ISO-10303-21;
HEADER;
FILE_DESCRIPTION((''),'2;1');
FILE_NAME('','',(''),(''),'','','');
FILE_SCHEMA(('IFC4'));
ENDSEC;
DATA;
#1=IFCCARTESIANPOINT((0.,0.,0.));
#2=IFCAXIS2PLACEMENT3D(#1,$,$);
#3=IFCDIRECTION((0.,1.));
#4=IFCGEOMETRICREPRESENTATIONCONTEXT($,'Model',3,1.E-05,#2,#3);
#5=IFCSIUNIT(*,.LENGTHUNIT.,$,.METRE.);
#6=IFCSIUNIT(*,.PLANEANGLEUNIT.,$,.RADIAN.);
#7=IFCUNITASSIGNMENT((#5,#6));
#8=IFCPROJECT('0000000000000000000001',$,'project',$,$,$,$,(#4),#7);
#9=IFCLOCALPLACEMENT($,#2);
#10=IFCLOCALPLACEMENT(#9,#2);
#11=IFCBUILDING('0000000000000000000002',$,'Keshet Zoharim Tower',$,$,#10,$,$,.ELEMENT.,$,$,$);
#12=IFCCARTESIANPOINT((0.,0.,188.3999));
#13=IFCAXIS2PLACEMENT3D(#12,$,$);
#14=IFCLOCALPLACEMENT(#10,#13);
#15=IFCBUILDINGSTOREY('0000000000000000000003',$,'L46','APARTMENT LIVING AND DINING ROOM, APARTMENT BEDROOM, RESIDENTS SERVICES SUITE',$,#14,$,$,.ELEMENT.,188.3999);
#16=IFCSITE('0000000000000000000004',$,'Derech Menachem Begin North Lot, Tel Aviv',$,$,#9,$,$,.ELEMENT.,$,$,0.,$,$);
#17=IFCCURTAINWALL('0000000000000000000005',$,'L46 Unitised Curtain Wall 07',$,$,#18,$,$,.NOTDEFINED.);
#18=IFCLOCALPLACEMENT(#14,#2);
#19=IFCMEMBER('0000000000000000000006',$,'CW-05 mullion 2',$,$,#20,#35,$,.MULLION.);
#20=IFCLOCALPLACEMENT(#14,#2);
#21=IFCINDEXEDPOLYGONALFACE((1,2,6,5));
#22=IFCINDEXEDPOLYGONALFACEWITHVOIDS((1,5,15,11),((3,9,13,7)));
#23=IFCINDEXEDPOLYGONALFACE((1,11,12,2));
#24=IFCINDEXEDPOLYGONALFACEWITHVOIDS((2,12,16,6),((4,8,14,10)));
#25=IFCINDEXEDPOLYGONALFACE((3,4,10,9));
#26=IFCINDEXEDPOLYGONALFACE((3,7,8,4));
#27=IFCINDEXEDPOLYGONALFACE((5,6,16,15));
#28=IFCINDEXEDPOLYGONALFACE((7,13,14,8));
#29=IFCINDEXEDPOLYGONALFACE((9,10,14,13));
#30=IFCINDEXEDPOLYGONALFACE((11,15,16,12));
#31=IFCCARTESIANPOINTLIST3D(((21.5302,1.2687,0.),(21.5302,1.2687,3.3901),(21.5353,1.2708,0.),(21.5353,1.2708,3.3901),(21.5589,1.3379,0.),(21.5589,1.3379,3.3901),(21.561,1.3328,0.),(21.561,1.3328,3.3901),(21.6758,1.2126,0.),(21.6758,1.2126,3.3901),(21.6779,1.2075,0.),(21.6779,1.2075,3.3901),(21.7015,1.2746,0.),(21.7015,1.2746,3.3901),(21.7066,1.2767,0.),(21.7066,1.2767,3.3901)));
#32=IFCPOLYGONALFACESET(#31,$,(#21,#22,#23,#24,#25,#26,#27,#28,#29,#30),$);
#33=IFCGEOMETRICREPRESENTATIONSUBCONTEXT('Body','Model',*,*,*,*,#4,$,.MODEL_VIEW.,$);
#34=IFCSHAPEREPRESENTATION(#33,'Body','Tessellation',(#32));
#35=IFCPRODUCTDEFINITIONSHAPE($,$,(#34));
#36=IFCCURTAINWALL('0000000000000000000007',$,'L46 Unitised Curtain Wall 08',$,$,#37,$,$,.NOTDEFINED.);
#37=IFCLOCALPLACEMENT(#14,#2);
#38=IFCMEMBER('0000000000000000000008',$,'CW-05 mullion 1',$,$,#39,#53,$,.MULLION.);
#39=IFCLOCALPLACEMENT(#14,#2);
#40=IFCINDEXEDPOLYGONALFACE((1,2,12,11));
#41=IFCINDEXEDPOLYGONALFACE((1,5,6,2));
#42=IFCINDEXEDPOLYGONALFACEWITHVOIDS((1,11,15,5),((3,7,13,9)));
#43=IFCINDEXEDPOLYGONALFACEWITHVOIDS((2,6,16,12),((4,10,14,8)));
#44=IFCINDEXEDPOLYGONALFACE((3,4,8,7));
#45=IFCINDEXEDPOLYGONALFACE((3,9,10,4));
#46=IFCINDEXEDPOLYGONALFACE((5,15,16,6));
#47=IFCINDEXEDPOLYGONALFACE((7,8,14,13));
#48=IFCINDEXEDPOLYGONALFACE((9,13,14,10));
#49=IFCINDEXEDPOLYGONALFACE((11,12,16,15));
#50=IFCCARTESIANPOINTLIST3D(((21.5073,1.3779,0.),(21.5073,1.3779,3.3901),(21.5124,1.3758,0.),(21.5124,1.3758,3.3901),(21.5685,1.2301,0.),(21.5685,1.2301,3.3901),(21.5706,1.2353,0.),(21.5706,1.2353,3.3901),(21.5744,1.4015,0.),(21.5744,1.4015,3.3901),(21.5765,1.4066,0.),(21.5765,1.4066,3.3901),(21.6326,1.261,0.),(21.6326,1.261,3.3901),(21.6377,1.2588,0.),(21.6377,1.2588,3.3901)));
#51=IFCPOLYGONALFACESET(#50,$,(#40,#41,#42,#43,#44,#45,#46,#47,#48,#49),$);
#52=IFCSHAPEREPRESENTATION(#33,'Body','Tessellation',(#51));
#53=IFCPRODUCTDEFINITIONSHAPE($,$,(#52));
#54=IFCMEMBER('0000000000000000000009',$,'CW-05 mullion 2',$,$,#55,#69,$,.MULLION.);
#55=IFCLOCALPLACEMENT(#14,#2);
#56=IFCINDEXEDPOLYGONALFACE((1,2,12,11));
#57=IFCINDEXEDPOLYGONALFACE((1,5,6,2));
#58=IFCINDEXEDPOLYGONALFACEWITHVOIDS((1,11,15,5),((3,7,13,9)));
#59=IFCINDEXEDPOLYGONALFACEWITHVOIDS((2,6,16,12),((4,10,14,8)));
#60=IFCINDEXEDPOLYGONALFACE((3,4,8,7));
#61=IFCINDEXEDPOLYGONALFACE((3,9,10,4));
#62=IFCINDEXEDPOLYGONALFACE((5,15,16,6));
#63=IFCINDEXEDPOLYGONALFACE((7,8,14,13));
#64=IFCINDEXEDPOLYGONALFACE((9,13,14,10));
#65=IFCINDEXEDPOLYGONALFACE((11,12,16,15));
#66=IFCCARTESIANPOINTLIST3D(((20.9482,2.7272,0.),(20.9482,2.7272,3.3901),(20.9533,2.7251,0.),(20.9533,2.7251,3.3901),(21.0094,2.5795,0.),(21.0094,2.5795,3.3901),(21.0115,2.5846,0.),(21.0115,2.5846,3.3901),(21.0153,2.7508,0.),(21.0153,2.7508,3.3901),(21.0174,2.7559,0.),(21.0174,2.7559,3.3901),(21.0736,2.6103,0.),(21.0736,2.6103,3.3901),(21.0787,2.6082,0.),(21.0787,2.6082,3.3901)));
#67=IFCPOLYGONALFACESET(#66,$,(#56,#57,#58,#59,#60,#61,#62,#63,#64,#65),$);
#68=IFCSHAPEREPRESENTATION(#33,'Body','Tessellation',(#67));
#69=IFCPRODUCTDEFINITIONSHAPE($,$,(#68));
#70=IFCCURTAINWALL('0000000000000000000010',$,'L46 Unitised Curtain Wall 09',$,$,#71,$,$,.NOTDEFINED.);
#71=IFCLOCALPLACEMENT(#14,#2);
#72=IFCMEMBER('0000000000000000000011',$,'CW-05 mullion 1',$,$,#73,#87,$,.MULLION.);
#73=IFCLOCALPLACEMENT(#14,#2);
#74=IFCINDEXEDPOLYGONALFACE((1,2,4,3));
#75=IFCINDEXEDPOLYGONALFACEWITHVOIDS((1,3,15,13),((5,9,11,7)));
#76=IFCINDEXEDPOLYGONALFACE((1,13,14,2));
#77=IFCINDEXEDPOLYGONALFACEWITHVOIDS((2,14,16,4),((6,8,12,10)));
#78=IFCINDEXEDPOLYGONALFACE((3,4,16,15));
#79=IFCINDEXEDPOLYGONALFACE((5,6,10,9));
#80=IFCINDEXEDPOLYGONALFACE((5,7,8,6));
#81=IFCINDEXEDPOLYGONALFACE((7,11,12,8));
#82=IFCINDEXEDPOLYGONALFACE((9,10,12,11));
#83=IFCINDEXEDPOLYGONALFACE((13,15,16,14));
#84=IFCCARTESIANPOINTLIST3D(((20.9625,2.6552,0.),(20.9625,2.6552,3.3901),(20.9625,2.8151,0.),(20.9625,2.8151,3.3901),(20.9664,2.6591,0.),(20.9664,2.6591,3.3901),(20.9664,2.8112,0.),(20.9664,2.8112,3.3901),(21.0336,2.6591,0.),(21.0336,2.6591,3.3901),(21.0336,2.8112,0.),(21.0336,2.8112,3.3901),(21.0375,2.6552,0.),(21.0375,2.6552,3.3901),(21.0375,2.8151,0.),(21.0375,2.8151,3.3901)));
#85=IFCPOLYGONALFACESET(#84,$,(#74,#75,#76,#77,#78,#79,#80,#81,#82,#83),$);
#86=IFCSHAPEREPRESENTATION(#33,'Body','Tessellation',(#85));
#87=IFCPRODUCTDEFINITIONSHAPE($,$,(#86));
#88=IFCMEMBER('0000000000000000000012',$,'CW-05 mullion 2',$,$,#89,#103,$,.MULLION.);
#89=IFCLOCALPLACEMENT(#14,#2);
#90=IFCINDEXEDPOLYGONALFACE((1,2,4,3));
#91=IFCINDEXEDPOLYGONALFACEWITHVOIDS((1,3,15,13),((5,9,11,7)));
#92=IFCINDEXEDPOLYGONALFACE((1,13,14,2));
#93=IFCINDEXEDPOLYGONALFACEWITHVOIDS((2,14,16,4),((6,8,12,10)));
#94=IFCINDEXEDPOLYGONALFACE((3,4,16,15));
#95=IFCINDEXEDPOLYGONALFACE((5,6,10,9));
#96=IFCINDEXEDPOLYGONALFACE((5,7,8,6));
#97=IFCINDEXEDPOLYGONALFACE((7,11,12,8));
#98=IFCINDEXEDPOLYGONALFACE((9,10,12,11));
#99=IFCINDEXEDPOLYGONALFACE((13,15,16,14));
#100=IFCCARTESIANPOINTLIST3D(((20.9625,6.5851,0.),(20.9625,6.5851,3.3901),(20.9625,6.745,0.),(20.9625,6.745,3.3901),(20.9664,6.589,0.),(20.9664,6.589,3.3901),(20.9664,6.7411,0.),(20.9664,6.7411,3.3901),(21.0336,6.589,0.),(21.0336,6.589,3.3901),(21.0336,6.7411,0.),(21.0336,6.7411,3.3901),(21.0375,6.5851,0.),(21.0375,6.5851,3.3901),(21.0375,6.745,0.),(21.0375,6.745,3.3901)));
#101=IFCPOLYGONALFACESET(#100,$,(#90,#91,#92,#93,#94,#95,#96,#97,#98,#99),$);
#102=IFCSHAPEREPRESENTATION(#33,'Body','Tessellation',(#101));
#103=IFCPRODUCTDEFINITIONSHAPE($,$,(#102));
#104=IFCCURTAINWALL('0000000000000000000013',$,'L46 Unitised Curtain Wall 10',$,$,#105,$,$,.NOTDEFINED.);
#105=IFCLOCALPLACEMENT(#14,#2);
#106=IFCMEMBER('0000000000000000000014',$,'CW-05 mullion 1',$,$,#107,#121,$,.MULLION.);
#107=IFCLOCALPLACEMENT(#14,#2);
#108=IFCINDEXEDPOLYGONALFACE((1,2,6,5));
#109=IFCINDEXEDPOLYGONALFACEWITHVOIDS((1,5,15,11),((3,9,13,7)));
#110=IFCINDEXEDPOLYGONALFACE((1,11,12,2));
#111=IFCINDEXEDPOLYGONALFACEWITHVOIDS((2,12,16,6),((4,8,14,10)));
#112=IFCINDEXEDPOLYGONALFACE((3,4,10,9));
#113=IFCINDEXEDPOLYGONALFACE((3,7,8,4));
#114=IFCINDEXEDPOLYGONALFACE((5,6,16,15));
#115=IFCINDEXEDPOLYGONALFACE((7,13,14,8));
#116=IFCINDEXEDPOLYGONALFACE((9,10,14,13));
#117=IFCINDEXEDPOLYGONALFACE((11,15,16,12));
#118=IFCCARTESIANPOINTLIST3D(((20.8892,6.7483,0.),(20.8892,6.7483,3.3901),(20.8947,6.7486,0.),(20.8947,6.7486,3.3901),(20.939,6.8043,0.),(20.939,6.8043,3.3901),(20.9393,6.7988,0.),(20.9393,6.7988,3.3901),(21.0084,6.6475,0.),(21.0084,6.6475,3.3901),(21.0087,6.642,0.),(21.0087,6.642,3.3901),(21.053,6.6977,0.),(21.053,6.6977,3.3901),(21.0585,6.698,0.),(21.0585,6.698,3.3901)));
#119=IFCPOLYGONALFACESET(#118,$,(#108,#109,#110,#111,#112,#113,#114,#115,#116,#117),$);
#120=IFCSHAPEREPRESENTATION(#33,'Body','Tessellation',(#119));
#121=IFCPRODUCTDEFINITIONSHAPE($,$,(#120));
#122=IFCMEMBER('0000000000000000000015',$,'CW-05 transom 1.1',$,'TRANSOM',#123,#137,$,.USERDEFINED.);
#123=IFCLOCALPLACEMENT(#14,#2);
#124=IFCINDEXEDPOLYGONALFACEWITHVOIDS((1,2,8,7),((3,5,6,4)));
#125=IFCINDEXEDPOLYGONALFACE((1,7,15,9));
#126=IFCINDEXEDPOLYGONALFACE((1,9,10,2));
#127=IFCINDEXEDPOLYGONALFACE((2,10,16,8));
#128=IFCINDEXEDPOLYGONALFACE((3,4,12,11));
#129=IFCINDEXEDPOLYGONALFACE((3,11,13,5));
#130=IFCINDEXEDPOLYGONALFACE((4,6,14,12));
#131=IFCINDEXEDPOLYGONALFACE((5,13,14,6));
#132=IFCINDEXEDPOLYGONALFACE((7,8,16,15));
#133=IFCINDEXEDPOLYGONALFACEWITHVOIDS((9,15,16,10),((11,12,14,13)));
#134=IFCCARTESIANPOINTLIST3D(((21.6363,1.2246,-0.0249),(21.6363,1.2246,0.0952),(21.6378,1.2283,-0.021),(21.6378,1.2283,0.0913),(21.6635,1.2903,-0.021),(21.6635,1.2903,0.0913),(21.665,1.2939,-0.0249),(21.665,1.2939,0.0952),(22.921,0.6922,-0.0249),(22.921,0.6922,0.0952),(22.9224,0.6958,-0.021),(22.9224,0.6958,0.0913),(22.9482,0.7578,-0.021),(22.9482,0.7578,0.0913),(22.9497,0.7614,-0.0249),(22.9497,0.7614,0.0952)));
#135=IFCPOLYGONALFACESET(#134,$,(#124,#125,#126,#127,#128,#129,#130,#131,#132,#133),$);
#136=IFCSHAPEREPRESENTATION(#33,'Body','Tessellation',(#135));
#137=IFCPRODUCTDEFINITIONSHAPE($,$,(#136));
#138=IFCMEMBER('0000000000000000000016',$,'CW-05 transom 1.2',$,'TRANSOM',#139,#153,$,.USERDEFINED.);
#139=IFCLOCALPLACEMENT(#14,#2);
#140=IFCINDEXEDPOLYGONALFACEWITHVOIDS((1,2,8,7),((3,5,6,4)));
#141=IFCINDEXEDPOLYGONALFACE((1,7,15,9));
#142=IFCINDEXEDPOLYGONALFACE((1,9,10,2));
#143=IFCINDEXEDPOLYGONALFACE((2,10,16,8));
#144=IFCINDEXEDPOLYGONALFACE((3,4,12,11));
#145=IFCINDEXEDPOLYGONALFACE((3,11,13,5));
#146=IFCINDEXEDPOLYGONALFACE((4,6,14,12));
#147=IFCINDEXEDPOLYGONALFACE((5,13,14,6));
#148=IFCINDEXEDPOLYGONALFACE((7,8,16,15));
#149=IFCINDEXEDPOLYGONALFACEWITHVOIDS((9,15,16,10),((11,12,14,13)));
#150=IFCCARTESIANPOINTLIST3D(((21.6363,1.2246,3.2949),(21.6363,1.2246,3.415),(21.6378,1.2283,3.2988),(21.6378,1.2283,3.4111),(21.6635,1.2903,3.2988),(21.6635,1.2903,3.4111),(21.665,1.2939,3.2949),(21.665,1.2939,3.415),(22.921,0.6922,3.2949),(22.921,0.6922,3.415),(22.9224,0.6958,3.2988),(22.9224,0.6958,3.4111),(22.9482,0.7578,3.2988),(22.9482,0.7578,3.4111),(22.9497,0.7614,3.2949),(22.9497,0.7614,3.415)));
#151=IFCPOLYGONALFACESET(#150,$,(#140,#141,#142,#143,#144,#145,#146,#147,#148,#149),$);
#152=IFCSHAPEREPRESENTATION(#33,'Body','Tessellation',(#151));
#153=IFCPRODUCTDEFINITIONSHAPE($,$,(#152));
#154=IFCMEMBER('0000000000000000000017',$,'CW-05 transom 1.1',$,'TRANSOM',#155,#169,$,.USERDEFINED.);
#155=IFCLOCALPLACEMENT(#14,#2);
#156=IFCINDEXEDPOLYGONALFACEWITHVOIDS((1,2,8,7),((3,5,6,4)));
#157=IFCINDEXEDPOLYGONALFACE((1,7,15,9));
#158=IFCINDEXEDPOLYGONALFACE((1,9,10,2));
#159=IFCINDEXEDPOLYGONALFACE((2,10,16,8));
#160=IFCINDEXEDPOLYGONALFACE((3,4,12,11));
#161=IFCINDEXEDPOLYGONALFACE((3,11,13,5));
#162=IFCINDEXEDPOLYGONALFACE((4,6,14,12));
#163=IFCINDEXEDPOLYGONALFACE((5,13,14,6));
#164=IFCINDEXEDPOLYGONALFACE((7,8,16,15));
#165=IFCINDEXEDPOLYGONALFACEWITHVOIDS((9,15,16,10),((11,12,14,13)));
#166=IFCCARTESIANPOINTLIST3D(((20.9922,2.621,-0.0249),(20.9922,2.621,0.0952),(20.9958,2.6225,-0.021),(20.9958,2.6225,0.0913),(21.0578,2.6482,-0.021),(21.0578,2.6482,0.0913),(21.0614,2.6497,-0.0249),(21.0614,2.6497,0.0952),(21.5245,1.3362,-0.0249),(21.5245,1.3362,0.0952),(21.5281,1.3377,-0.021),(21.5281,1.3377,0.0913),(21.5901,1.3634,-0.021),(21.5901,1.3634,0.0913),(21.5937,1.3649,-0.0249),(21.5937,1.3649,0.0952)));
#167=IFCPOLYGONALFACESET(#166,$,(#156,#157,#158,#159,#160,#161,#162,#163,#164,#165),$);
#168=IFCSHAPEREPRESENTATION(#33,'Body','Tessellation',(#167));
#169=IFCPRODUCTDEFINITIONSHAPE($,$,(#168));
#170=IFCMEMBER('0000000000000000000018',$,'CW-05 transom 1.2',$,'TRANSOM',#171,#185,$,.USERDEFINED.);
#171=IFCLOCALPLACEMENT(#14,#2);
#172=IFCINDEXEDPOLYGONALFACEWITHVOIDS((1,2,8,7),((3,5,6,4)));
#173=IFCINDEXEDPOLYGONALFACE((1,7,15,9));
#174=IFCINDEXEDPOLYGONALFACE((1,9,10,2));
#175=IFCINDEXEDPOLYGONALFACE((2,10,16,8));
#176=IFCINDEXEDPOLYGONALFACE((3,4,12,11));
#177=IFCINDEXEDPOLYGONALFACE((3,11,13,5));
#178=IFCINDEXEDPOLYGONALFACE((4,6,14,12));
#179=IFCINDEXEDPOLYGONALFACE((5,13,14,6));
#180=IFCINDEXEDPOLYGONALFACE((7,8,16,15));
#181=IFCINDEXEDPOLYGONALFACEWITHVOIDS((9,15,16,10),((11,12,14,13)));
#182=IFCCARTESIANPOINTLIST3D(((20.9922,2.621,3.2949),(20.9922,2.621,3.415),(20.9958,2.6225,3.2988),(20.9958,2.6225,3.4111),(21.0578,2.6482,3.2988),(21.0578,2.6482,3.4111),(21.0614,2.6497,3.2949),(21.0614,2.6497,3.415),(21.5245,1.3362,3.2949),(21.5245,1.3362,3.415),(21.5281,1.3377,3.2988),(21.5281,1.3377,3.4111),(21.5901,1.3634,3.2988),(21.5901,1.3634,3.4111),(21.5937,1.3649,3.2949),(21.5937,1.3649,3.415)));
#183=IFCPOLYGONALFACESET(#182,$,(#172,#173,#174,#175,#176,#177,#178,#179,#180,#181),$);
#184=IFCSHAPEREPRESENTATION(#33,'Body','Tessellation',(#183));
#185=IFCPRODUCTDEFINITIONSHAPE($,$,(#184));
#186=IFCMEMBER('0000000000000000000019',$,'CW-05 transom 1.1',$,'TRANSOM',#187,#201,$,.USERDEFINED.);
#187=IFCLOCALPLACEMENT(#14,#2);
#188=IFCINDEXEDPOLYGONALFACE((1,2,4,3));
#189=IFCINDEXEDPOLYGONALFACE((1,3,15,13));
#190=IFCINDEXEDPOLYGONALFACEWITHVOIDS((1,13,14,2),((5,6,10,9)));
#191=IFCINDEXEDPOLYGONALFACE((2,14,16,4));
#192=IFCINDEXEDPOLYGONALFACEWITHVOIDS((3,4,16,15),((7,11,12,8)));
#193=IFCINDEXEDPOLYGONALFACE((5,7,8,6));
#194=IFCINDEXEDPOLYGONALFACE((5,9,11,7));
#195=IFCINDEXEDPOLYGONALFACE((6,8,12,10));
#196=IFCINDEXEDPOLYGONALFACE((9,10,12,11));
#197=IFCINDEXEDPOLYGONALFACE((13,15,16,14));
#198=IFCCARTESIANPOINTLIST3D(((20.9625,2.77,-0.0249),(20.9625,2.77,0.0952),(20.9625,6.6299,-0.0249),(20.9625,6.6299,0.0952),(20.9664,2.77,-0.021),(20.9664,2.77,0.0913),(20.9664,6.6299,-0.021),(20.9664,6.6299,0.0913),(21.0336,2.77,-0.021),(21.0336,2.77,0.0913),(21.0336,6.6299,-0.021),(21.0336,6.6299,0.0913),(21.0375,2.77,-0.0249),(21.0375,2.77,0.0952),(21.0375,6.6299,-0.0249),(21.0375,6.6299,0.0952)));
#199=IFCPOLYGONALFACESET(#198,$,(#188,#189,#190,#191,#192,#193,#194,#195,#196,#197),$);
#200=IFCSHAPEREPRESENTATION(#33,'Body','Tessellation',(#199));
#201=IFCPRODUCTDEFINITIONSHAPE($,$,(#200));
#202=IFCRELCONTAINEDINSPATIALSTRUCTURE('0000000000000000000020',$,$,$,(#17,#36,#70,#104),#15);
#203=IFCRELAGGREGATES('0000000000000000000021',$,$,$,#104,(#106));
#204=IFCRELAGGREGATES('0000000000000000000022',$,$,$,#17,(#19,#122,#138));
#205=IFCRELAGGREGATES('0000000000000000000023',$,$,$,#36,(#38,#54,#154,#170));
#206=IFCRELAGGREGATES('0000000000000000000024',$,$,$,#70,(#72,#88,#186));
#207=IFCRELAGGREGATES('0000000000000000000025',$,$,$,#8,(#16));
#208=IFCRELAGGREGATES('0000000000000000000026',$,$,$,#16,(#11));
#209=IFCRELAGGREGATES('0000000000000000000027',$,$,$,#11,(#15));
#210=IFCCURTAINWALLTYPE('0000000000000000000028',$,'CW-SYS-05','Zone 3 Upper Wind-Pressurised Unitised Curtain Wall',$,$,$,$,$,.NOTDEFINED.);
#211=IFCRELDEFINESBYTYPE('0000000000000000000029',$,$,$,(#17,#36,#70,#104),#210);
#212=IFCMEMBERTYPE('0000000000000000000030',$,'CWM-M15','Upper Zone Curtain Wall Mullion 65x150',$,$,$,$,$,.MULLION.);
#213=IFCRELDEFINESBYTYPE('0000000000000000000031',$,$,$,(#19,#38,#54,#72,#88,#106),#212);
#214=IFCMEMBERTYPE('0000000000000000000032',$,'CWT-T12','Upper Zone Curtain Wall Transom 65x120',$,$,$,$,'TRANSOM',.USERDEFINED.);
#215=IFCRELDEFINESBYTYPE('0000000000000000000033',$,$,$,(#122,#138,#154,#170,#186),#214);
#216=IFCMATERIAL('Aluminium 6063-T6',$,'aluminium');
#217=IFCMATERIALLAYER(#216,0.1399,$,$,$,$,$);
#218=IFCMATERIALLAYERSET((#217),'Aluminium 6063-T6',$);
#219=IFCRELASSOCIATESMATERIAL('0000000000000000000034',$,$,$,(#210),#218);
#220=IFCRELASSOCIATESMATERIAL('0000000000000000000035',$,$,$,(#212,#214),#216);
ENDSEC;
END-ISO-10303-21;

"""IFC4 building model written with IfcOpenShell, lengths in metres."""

from ifc_helpers import new_model, si_unit, direction, frame, origin, origin_2d, place, context, subcontext, project, spatial, hollow_rectangle, extrude, material, layer, layer_set, material_profile, profile_set, type_object, element, aggregate, save


model = new_model("IFC4")

# Units and contexts
model_context = context("Model", 3, precision=1e-05, world=origin(), true_north=direction((0.0, 1.0)))
body_context = subcontext(model_context, "Body", "Model", "MODEL_VIEW")
ifc_project = project(units=[si_unit("LENGTHUNIT", "METRE"), si_unit("PLANEANGLEUNIT", "RADIAN")], contexts=[model_context])

# Site, building, storey
site_placement = place(None, origin())
site = spatial("IfcSite", under=ifc_project, at=site_placement, Name="Derech Menachem Begin North Lot, Tel Aviv", CompositionType="ELEMENT", RefElevation=0.0)
building_placement = place(site_placement, origin())
building = spatial("IfcBuilding", under=site, at=building_placement, Name="Keshet Zoharim Tower", CompositionType="ELEMENT")
storey_placement = place(building_placement, frame((0.0, 0.0, 188.3999)))
storey = spatial("IfcBuildingStorey", under=building, at=storey_placement, Name="L46", Description="APARTMENT LIVING AND DINING ROOM, APARTMENT BEDROOM, RESIDENTS SERVICES SUITE", CompositionType="ELEMENT", Elevation=188.3999)

# Shared definitions
ifc_material_1 = material(Name="Aluminium 6063-T6", Category="aluminium")
ifc_layer_1 = layer(ifc_material_1, 0.1399)
ifc_layer_set_1 = layer_set([ifc_layer_1], Name="Aluminium 6063-T6")
curtain_wall_type = type_object("IfcCurtainWallType", Name="CW-SYS-05", Description="Zone 3 Upper Wind-Pressurised Unitised Curtain Wall", PredefinedType="NOTDEFINED", material=ifc_layer_set_1)
ifc_material_profile_1 = material_profile(ifc_material_1, hollow_rectangle(XDim=0.075, YDim=0.1599, WallThickness=0.0039, at=origin_2d()), Name="MUL-75x160")
ifc_profile_set_1 = profile_set([ifc_material_profile_1], Name="Aluminium 6063-T6")
member_type_1 = type_object("IfcMemberType", Name="CWM-M15", Description="Upper Zone Curtain Wall Mullion 65x150", PredefinedType="MULLION", material=ifc_profile_set_1)

# Curtain walls, members
curtain_wall_1_placement = place(storey_placement, origin())
curtain_wall_1 = element("IfcCurtainWall", 1, at=curtain_wall_1_placement, inside=storey, type_object=curtain_wall_type, Name="L46 Unitised Curtain Wall 07", PredefinedType="NOTDEFINED")
member_1_placement = place(storey_placement, frame((21.6184, 1.2727, 0.0), z_axis=(0.0, 0.0, 1.0), x_axis=(-0.382852, -0.92381, 0.0)))
member_1 = element("IfcMember", 2, at=member_1_placement, type_object=member_type_1, Name="CW-05 mullion 2", PredefinedType="MULLION", context=body_context, shape_type="SweptSolid", body=[
    extrude(hollow_rectangle(XDim=0.075, YDim=0.1599, WallThickness=0.0039, at=origin_2d()), origin(), (0.0, 0.0, 1.0), 3.3901),
])
curtain_wall_2_placement = place(storey_placement, origin())
curtain_wall_2 = element("IfcCurtainWall", 3, at=curtain_wall_2_placement, inside=storey, type_object=curtain_wall_type, Name="L46 Unitised Curtain Wall 08", PredefinedType="NOTDEFINED")
member_2_placement = place(storey_placement, frame((21.5725, 1.3184, 0.0), z_axis=(0.0, 0.0, 1.0), x_axis=(-0.92381, -0.382852, 0.0)))
member_2 = element("IfcMember", 4, at=member_2_placement, type_object=member_type_1, Name="CW-05 mullion 1", PredefinedType="MULLION", context=body_context, shape_type="SweptSolid", body=[
    extrude(hollow_rectangle(XDim=0.075, YDim=0.1599, WallThickness=0.0039, at=origin_2d()), origin(), (0.0, 0.0, 1.0), 3.3901),
])
member_3_placement = place(storey_placement, frame((21.0134, 2.6677, 0.0), z_axis=(0.0, 0.0, 1.0), x_axis=(-0.92381, -0.382852, 0.0)))
member_3 = element("IfcMember", 5, at=member_3_placement, type_object=member_type_1, Name="CW-05 mullion 2", PredefinedType="MULLION", context=body_context, shape_type="SweptSolid", body=[
    extrude(hollow_rectangle(XDim=0.075, YDim=0.1599, WallThickness=0.0039, at=origin_2d()), origin(), (0.0, 0.0, 1.0), 3.3901),
])
curtain_wall_3_placement = place(storey_placement, origin())
curtain_wall_3 = element("IfcCurtainWall", 6, at=curtain_wall_3_placement, inside=storey, type_object=curtain_wall_type, Name="L46 Unitised Curtain Wall 09", PredefinedType="NOTDEFINED")
member_4_placement = place(storey_placement, frame((21.0, 2.7351, 0.0), z_axis=(0.0, 0.0, 1.0), x_axis=(-1.0, 0.0, 0.0)))
member_4 = element("IfcMember", 7, at=member_4_placement, type_object=member_type_1, Name="CW-05 mullion 1", PredefinedType="MULLION", context=body_context, shape_type="SweptSolid", body=[
    extrude(hollow_rectangle(XDim=0.075, YDim=0.1599, WallThickness=0.0039, at=origin_2d()), origin(), (0.0, 0.0, 1.0), 3.3901),
])
member_5_placement = place(storey_placement, frame((21.0, 6.665, 0.0), z_axis=(0.0, 0.0, 1.0), x_axis=(-1.0, 0.0, 0.0)))
member_5 = element("IfcMember", 8, at=member_5_placement, type_object=member_type_1, Name="CW-05 mullion 2", PredefinedType="MULLION", context=body_context, shape_type="SweptSolid", body=[
    extrude(hollow_rectangle(XDim=0.075, YDim=0.1599, WallThickness=0.0039, at=origin_2d()), origin(), (0.0, 0.0, 1.0), 3.3901),
])

# Curtain wall, member
curtain_wall_4_placement = place(storey_placement, origin())
curtain_wall_4 = element("IfcCurtainWall", 9, at=curtain_wall_4_placement, inside=storey, type_object=curtain_wall_type, Name="L46 Unitised Curtain Wall 10", PredefinedType="NOTDEFINED")
member_6_placement = place(storey_placement, frame((20.9739, 6.7231, 0.0), z_axis=(0.0, 0.0, 1.0), x_axis=(-0.664368, -0.747406, 0.0)))
member_6 = element("IfcMember", 10, at=member_6_placement, type_object=member_type_1, Name="CW-05 mullion 1", PredefinedType="MULLION", context=body_context, shape_type="SweptSolid", body=[
    extrude(hollow_rectangle(XDim=0.075, YDim=0.1599, WallThickness=0.0039, at=origin_2d()), origin(), (0.0, 0.0, 1.0), 3.3901),
])

# Members
ifc_material_profile_2 = material_profile(ifc_material_1, hollow_rectangle(XDim=0.075, YDim=0.1201, WallThickness=0.0039, at=origin_2d()), Name="TRN-75x120")
ifc_profile_set_2 = profile_set([ifc_material_profile_2], Name="Aluminium 6063-T6")
member_type_2 = type_object("IfcMemberType", Name="CWT-T12", Description="Upper Zone Curtain Wall Transom 65x120", ElementType="TRANSOM", PredefinedType="USERDEFINED", material=ifc_profile_set_2)
member_7_placement = place(storey_placement, frame((22.9353, 0.7268, 0.0352), z_axis=(-0.923792, 0.382894, 0.0), x_axis=(-0.382894, -0.923792, 0.0)))
member_7 = element("IfcMember", 11, at=member_7_placement, type_object=member_type_2, Name="CW-05 transom 1.1", ObjectType="TRANSOM", PredefinedType="USERDEFINED", context=body_context, shape_type="SweptSolid", body=[
    extrude(hollow_rectangle(XDim=0.075, YDim=0.1201, WallThickness=0.0039, at=origin_2d()), origin(), (0.0, 0.0, 1.0), 1.3906),
])
member_8_placement = place(storey_placement, frame((22.9353, 0.7268, 3.355), z_axis=(-0.923792, 0.382894, 0.0), x_axis=(-0.382894, -0.923792, 0.0)))
member_8 = element("IfcMember", 12, at=member_8_placement, type_object=member_type_2, Name="CW-05 transom 1.2", ObjectType="TRANSOM", PredefinedType="USERDEFINED", context=body_context, shape_type="SweptSolid", body=[
    extrude(hollow_rectangle(XDim=0.075, YDim=0.1201, WallThickness=0.0039, at=origin_2d()), origin(), (0.0, 0.0, 1.0), 1.3906),
])
member_9_placement = place(storey_placement, frame((21.5591, 1.3506, 0.0352), z_axis=(-0.382745, 0.923854, 0.0), x_axis=(-0.923854, -0.382745, 0.0)))
member_9 = element("IfcMember", 13, at=member_9_placement, type_object=member_type_2, Name="CW-05 transom 1.1", ObjectType="TRANSOM", PredefinedType="USERDEFINED", context=body_context, shape_type="SweptSolid", body=[
    extrude(hollow_rectangle(XDim=0.075, YDim=0.1201, WallThickness=0.0039, at=origin_2d()), origin(), (0.0, 0.0, 1.0), 1.3906),
])
member_10_placement = place(storey_placement, frame((21.5591, 1.3506, 3.355), z_axis=(-0.382745, 0.923854, 0.0), x_axis=(-0.923854, -0.382745, 0.0)))
member_10 = element("IfcMember", 14, at=member_10_placement, type_object=member_type_2, Name="CW-05 transom 1.2", ObjectType="TRANSOM", PredefinedType="USERDEFINED", context=body_context, shape_type="SweptSolid", body=[
    extrude(hollow_rectangle(XDim=0.075, YDim=0.1201, WallThickness=0.0039, at=origin_2d()), origin(), (0.0, 0.0, 1.0), 1.3906),
])
member_11_placement = place(storey_placement, frame((21.0, 2.77, 0.0352), z_axis=(0.0, 1.0, 0.0), x_axis=(-1.0, 0.0, 0.0)))
member_11 = element("IfcMember", 15, at=member_11_placement, type_object=member_type_2, Name="CW-05 transom 1.1", ObjectType="TRANSOM", PredefinedType="USERDEFINED", context=body_context, shape_type="SweptSolid", body=[
    extrude(hollow_rectangle(XDim=0.075, YDim=0.1201, WallThickness=0.0039, at=origin_2d()), origin(), (0.0, 0.0, 1.0), 3.8599),
])
aggregate(curtain_wall_4, [member_6])

aggregate(curtain_wall_1, [member_1, member_7, member_8])
aggregate(curtain_wall_2, [member_2, member_3, member_9, member_10])
aggregate(curtain_wall_3, [member_4, member_5, member_11])

save(model, "model.ifc")
